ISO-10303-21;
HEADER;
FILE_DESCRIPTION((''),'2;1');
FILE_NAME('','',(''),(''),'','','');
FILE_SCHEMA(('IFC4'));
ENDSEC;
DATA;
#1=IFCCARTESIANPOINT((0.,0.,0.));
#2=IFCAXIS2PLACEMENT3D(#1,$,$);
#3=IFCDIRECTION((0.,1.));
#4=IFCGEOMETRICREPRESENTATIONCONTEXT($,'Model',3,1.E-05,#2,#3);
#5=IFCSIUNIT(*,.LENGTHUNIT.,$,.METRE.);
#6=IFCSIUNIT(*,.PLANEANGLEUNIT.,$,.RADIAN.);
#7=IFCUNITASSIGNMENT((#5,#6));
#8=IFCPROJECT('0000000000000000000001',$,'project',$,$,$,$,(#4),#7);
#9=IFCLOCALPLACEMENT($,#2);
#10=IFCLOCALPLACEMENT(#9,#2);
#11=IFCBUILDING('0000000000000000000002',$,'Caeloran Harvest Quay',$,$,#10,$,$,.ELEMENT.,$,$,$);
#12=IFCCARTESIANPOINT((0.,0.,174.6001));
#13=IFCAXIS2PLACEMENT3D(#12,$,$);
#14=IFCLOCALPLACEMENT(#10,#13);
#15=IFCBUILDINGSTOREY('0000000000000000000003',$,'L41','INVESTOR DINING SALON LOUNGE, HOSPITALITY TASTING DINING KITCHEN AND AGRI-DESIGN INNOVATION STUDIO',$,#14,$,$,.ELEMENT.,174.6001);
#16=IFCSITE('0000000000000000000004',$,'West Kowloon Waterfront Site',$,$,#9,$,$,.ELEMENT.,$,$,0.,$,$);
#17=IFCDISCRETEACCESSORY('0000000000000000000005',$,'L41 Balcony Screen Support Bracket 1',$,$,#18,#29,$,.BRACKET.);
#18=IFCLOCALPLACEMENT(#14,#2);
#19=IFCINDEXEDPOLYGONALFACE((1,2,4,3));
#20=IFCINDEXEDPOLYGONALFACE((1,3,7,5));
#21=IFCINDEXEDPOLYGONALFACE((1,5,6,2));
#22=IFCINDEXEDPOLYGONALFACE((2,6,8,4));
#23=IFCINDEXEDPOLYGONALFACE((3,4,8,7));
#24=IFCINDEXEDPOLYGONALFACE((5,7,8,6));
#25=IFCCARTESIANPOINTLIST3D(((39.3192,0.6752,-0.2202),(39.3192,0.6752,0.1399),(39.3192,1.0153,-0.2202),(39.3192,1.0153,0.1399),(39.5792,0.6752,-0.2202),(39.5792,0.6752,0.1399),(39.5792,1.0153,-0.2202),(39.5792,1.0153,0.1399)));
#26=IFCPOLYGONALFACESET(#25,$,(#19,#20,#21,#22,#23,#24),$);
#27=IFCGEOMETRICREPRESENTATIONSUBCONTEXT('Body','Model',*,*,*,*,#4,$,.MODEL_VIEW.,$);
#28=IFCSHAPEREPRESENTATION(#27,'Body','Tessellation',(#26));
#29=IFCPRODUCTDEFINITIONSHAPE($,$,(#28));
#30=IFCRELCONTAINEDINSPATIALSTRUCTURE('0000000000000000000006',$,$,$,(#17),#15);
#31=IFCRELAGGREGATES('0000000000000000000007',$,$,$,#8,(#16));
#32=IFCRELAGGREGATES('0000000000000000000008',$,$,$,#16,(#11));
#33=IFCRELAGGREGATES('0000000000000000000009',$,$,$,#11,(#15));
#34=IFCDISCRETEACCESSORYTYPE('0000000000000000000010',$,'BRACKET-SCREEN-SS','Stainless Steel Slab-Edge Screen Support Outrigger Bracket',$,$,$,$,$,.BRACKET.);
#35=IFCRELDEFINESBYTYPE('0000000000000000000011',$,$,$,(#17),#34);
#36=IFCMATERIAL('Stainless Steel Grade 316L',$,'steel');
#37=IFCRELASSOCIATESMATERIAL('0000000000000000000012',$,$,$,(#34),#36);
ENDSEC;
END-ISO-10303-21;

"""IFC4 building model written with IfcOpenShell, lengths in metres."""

from ifc_helpers import new_model, si_unit, direction, frame, origin, origin_2d, place, context, subcontext, project, spatial, rectangle, extrude, material, type_object, element, save


model = new_model("IFC4")

# Units and contexts
model_context = context("Model", 3, precision=1e-05, world=origin(), true_north=direction((0.0, 1.0)))
body_context = subcontext(model_context, "Body", "Model", "MODEL_VIEW")
ifc_project = project(units=[si_unit("LENGTHUNIT", "METRE"), si_unit("PLANEANGLEUNIT", "RADIAN")], contexts=[model_context])

# Site, building, storey
site_placement = place(None, origin())
site = spatial("IfcSite", under=ifc_project, at=site_placement, Name="West Kowloon Waterfront Site", CompositionType="ELEMENT", RefElevation=0.0)
building_placement = place(site_placement, origin())
building = spatial("IfcBuilding", under=site, at=building_placement, Name="Caeloran Harvest Quay", CompositionType="ELEMENT")
storey_placement = place(building_placement, frame((0.0, 0.0, 174.6001)))
storey = spatial("IfcBuildingStorey", under=building, at=storey_placement, Name="L41", Description="INVESTOR DINING SALON LOUNGE, HOSPITALITY TASTING DINING KITCHEN AND AGRI-DESIGN INNOVATION STUDIO", CompositionType="ELEMENT", Elevation=174.6001)

# Discrete accessory
ifc_material_1 = material(Name="Stainless Steel Grade 316L", Category="steel")
discrete_accessory_type = type_object("IfcDiscreteAccessoryType", Name="BRACKET-SCREEN-SS", Description="Stainless Steel Slab-Edge Screen Support Outrigger Bracket", PredefinedType="BRACKET", material=ifc_material_1)
discrete_accessory_placement = place(storey_placement, frame((39.4492, 0.8452, -0.2202), z_axis=(0.0, 0.0, 1.0), x_axis=(1.0, 0.0, 0.0)))
element("IfcDiscreteAccessory", 1, at=discrete_accessory_placement, inside=storey, type_object=discrete_accessory_type, Name="L41 Balcony Screen Support Bracket 1", PredefinedType="BRACKET", context=body_context, shape_type="SweptSolid", body=[
    extrude(rectangle(XDim=0.26, YDim=0.3401, at=origin_2d()), origin(), (0.0, 0.0, 1.0), 0.3601),
])

save(model, "model.ifc")
